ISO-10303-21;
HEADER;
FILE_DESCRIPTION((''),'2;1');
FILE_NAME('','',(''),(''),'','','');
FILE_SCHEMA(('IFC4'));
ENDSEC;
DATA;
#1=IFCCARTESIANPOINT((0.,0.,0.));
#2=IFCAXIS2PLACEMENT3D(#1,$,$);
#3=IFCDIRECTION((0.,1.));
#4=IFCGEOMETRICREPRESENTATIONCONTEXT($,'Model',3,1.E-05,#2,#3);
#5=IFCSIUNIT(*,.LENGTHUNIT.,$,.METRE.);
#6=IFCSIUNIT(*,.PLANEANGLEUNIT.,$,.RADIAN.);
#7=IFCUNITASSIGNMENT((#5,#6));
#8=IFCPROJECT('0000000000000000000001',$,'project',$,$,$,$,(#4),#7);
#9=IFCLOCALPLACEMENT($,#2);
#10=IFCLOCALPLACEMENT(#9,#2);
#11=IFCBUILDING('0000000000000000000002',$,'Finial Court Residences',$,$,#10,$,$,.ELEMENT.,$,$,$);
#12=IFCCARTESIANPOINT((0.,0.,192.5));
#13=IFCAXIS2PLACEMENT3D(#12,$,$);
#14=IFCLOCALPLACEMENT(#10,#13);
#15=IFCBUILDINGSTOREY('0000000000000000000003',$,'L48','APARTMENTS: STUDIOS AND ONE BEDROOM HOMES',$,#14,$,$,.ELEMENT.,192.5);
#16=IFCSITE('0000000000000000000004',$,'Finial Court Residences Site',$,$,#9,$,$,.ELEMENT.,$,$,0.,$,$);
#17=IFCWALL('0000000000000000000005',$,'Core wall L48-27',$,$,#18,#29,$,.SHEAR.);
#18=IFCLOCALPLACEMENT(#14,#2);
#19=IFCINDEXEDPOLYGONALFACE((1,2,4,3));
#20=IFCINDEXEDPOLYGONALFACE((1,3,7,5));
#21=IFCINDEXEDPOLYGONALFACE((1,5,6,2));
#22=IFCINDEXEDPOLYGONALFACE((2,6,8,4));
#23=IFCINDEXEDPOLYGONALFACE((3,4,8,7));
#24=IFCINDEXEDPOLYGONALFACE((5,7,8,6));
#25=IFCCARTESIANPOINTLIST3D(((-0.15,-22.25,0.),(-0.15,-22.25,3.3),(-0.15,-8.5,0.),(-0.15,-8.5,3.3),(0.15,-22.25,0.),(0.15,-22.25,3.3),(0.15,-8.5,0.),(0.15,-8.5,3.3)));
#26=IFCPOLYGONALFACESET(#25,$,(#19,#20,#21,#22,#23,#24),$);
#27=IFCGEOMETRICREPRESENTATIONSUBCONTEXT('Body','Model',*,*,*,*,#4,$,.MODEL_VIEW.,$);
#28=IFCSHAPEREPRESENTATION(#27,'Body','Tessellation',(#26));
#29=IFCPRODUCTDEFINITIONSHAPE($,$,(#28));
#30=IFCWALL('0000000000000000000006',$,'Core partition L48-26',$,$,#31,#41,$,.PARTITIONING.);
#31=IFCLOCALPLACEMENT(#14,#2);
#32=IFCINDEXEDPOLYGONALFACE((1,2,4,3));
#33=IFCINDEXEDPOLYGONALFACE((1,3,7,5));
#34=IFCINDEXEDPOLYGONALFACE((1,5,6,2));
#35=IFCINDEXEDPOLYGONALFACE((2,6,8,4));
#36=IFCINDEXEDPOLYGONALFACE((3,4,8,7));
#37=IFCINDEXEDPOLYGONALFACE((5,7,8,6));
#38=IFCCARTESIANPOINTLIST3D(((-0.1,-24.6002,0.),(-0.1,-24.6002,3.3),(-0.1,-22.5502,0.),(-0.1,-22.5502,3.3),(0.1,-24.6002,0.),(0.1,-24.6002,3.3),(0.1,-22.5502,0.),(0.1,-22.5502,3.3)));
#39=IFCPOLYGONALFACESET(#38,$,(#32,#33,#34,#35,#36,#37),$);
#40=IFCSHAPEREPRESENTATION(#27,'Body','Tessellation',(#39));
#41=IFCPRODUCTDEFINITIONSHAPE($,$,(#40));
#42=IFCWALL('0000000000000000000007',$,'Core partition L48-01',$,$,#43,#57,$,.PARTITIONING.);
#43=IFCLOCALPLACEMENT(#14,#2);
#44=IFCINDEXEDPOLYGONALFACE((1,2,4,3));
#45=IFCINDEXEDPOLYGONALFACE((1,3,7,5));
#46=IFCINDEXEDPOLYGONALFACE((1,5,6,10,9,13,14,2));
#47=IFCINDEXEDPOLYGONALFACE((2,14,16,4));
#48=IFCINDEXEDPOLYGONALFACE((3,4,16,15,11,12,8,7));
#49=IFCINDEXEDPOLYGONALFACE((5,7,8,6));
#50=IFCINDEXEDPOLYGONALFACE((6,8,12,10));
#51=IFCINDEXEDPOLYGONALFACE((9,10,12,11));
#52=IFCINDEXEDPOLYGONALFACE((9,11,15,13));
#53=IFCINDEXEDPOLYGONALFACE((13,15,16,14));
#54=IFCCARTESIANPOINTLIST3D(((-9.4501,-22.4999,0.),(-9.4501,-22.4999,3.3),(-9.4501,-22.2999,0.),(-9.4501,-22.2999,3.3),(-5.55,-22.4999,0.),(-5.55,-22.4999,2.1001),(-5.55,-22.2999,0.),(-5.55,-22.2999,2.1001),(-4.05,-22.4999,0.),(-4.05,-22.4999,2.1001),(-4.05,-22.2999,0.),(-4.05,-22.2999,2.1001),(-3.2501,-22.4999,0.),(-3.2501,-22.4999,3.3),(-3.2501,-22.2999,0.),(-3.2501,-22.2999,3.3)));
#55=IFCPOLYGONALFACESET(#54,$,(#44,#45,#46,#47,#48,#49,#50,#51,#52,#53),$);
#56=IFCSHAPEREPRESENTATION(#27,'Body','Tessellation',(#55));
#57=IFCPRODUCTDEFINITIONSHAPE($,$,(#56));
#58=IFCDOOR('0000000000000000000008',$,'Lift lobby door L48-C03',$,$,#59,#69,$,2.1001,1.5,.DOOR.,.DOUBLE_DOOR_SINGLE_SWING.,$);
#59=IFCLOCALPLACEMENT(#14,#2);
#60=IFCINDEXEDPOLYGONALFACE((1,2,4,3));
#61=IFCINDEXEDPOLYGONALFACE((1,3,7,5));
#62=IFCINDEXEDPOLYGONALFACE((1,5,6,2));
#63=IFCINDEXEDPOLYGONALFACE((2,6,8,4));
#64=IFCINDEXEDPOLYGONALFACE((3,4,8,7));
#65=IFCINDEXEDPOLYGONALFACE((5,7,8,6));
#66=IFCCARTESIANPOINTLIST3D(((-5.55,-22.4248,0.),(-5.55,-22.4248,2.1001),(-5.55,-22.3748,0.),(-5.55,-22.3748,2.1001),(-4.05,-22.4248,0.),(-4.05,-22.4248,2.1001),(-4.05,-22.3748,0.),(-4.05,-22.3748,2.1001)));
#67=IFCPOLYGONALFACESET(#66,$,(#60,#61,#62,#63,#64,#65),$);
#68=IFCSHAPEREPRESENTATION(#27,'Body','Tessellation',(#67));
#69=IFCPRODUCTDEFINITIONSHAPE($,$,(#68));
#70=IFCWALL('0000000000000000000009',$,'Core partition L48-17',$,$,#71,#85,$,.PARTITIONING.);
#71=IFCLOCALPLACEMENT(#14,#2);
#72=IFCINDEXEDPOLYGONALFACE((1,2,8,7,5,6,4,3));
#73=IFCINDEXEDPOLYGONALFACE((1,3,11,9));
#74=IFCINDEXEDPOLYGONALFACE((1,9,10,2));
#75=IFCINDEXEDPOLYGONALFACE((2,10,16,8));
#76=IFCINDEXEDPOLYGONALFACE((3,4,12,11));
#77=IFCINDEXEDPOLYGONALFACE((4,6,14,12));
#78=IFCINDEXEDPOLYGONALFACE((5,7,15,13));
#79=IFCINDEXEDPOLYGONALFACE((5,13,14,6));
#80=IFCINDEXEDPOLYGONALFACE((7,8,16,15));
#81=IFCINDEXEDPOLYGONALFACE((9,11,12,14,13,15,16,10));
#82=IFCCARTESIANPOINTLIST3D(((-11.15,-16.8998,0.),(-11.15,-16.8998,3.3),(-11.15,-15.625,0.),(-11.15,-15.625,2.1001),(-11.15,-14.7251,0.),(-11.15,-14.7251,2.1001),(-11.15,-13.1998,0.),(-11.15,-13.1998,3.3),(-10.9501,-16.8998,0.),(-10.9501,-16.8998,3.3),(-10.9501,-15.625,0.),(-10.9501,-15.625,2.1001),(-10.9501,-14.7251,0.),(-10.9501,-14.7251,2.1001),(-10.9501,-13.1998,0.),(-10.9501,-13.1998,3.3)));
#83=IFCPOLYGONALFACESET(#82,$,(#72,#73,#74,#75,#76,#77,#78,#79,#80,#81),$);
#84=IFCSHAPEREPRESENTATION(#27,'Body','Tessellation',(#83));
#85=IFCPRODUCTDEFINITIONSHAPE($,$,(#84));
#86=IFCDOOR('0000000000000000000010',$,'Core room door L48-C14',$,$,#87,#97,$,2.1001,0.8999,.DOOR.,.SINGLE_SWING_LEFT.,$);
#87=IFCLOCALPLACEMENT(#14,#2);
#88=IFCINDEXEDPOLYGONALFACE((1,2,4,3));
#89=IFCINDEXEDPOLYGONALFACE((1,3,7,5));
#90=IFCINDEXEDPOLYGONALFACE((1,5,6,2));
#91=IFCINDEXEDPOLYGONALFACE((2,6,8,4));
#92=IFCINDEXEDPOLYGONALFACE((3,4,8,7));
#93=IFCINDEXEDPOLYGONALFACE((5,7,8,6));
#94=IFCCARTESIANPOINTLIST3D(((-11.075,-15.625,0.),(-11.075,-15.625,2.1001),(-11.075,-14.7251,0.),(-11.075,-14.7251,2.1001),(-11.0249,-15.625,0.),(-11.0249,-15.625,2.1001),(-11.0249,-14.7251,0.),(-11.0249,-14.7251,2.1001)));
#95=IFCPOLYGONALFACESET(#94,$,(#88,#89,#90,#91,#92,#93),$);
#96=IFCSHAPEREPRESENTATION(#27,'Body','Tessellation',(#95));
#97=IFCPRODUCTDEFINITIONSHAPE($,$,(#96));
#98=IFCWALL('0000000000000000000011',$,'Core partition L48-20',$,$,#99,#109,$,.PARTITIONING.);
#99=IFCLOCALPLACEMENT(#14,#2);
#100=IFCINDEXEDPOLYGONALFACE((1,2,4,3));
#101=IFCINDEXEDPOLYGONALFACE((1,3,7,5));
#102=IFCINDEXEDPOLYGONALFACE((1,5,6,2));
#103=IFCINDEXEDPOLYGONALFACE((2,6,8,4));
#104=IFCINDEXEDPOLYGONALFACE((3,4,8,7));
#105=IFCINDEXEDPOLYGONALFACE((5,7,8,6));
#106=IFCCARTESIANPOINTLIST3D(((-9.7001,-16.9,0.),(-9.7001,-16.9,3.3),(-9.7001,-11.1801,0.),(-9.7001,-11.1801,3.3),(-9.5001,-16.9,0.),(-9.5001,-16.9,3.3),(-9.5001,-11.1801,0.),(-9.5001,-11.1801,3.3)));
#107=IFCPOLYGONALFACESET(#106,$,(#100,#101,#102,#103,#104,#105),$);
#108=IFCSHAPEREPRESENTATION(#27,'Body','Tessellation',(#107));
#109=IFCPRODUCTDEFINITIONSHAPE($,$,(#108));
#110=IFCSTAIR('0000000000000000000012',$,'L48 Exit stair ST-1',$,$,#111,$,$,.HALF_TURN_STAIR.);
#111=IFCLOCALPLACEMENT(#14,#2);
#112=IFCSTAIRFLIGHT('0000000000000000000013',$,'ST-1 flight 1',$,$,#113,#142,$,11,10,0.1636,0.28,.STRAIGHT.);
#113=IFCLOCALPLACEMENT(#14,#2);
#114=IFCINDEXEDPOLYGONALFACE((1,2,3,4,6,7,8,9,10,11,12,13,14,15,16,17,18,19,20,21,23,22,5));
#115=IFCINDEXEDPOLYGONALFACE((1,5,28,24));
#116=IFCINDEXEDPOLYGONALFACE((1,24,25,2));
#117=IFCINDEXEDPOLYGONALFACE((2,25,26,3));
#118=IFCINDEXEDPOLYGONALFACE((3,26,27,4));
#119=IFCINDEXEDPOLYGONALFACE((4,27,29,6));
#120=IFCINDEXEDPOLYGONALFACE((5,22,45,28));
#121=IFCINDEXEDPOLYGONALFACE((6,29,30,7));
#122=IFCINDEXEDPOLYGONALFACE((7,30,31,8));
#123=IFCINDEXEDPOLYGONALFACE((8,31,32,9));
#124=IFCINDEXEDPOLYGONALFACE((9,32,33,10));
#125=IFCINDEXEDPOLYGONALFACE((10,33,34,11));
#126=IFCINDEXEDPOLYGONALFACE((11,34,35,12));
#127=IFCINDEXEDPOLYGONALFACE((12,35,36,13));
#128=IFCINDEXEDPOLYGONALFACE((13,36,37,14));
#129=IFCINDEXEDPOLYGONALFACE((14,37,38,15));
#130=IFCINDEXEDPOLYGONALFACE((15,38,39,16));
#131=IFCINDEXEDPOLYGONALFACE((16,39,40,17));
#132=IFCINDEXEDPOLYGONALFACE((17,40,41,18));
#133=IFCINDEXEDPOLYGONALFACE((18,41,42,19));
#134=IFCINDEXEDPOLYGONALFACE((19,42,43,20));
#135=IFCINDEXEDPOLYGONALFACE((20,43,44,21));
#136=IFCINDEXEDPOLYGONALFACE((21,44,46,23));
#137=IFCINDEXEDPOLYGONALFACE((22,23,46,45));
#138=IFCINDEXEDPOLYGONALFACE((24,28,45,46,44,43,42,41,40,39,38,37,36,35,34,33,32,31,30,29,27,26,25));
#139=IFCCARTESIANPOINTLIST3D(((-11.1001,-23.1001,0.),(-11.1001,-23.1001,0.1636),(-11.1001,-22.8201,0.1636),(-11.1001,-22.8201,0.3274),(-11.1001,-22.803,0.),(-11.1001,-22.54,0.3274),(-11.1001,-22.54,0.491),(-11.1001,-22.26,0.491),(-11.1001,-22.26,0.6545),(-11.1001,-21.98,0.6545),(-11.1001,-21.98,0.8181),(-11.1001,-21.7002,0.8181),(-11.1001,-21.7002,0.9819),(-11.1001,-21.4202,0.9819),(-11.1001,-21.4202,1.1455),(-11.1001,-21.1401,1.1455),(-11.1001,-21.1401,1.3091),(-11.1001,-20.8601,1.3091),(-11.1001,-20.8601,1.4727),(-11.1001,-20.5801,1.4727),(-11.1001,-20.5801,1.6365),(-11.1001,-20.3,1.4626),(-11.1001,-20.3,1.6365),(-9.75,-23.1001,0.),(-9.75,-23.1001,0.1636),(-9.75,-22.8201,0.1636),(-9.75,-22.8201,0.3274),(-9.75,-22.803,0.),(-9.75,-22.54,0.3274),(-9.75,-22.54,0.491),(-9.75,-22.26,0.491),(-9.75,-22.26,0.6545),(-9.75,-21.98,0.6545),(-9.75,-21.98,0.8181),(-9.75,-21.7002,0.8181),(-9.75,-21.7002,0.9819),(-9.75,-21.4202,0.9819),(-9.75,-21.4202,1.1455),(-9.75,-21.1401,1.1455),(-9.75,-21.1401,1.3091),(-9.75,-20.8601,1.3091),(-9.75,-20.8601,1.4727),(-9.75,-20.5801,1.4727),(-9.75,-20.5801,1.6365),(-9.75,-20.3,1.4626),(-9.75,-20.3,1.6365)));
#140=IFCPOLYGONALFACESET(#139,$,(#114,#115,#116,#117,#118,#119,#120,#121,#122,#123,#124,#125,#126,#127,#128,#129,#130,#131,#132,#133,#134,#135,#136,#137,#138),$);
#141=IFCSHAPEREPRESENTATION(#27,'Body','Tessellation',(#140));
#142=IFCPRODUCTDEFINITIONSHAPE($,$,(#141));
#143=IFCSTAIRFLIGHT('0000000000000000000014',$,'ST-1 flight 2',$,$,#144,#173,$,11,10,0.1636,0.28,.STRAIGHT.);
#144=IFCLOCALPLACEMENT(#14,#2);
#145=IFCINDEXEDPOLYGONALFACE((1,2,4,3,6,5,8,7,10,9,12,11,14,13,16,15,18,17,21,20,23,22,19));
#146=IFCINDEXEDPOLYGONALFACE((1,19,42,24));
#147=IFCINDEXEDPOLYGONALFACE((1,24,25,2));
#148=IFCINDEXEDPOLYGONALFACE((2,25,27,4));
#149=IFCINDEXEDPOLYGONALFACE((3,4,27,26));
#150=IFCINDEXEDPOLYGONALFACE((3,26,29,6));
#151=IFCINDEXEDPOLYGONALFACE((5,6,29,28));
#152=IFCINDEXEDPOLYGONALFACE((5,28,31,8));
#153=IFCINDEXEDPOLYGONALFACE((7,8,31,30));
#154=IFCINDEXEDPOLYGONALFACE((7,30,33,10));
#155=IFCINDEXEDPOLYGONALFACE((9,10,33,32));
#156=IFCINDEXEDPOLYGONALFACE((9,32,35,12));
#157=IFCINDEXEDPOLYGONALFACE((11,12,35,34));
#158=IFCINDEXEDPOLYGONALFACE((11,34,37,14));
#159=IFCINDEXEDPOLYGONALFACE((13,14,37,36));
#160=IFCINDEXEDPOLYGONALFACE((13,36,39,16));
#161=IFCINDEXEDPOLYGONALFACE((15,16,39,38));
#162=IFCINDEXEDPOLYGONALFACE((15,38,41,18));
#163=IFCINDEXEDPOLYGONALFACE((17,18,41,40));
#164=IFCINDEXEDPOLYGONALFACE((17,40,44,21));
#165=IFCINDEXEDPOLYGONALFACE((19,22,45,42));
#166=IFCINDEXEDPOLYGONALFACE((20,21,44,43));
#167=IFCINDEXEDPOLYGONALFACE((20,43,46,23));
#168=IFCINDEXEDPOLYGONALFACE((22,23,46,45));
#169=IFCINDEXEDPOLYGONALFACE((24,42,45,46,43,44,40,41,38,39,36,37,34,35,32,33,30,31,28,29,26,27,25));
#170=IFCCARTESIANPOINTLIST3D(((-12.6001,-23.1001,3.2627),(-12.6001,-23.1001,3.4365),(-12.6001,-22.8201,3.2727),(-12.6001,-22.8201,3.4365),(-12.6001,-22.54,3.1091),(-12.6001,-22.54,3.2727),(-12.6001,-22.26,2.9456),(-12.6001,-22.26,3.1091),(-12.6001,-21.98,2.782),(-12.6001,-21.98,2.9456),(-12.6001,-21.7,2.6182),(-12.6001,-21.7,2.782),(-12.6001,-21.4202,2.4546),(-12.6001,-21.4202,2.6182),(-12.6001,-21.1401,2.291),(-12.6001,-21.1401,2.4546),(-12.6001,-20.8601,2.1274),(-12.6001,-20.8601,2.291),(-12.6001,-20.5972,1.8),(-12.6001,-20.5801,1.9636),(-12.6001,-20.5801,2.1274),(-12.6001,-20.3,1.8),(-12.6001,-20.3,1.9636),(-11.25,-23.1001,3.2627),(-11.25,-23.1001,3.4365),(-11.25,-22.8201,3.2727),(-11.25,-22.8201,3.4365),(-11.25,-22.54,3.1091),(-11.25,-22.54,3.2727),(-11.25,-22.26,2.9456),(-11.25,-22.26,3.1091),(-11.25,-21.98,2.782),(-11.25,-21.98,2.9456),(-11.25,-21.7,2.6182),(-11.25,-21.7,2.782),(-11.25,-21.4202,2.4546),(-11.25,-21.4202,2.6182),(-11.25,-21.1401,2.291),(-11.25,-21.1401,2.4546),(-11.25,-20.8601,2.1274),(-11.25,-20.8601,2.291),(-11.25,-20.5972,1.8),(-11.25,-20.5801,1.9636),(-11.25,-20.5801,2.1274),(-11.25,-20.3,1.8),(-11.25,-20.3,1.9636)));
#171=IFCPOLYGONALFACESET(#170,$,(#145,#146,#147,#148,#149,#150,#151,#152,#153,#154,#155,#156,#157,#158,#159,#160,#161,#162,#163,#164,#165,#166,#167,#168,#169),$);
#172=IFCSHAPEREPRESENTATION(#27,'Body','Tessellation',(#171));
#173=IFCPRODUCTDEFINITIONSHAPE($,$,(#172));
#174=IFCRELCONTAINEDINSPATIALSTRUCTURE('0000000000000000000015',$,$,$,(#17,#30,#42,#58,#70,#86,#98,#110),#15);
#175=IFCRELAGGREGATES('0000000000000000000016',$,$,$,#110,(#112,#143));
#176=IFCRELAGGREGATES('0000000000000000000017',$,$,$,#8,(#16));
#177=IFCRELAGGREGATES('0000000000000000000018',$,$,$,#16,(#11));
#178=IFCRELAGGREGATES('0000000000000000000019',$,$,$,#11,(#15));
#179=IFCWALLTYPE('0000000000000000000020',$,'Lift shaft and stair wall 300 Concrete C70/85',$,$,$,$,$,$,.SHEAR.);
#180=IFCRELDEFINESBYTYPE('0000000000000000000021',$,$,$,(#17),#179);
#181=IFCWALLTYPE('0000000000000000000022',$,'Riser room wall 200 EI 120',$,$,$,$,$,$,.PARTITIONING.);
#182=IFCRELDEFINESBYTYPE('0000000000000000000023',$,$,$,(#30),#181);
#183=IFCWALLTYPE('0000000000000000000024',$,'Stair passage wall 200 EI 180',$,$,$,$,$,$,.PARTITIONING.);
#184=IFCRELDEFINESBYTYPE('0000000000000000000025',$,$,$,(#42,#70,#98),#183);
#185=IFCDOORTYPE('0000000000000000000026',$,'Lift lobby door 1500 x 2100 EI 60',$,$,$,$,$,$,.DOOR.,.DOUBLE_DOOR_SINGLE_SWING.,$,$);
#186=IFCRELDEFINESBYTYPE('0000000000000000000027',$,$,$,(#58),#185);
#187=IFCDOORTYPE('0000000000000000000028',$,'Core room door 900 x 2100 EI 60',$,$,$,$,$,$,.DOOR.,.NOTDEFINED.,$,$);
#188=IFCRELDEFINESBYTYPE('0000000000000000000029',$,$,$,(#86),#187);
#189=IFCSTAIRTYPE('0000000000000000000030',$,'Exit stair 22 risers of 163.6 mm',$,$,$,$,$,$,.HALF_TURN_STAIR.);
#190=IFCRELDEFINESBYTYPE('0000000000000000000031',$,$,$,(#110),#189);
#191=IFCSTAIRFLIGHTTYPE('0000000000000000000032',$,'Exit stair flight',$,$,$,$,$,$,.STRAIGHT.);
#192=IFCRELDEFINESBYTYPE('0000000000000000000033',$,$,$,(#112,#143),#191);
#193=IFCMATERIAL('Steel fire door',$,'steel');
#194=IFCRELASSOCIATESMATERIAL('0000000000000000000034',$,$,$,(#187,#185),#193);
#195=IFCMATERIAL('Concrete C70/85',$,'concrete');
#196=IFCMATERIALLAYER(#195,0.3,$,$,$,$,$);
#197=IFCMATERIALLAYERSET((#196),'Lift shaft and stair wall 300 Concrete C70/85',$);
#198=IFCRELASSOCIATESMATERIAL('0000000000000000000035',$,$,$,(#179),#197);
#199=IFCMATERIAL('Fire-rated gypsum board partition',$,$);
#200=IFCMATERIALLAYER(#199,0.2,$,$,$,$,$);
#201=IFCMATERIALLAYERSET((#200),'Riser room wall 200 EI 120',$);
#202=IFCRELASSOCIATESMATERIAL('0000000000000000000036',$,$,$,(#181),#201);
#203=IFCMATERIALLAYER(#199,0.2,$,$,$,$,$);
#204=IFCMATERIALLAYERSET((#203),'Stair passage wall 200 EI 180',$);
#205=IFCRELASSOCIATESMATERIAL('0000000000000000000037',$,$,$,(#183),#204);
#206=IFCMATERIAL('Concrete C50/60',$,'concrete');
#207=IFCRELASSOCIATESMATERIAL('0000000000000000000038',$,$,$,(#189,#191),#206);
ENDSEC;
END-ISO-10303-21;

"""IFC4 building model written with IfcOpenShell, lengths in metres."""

from ifc_helpers import new_model, si_unit, direction, frame, frame_2d, origin, place, context, subcontext, project, spatial, polyline, rectangle, outline, extrude, material, layer, layer_set, type_object, element, fill, aggregate, save


model = new_model("IFC4")

# Units and contexts
model_context = context("Model", 3, precision=1e-05, world=origin(), true_north=direction((0.0, 1.0)))
body_context = subcontext(model_context, "Body", "Model", "MODEL_VIEW")
ifc_project = project(units=[si_unit("LENGTHUNIT", "METRE"), si_unit("PLANEANGLEUNIT", "RADIAN")], contexts=[model_context])

# Site, building, storey
site_placement = place(None, origin())
site = spatial("IfcSite", under=ifc_project, at=site_placement, Name="Finial Court Residences Site", CompositionType="ELEMENT", RefElevation=0.0)
building_placement = place(site_placement, origin())
building = spatial("IfcBuilding", under=site, at=building_placement, Name="Finial Court Residences", CompositionType="ELEMENT")
storey_placement = place(building_placement, frame((0.0, 0.0, 192.5)))
storey = spatial("IfcBuildingStorey", under=building, at=storey_placement, Name="L48", Description="APARTMENTS: STUDIOS AND ONE BEDROOM HOMES", CompositionType="ELEMENT", Elevation=192.5)

# Shared definitions
ifc_material_1 = material(Name="Concrete C70/85", Category="concrete")

# Shared definitions
ifc_material_2 = material(Name="Fire-rated gypsum board partition")
ifc_material_3 = material(Name="Steel fire door", Category="steel")
door_type_1 = type_object("IfcDoorType", Name="Core room door 900 x 2100 EI 60", OperationType="NOTDEFINED", PredefinedType="DOOR", material=ifc_material_3)

# Shared definitions
ifc_layer_1 = layer(ifc_material_1, 0.3)
ifc_layer_set_1 = layer_set([ifc_layer_1], Name="Lift shaft and stair wall 300 Concrete C70/85")
wall_type_1 = type_object("IfcWallType", Name="Lift shaft and stair wall 300 Concrete C70/85", PredefinedType="SHEAR", material=ifc_layer_set_1)

# Walls
wall_1_placement = place(storey_placement, frame((0.0, -22.25, 0.0), z_axis=(0.0, 0.0, 1.0), x_axis=(0.0, 1.0, 0.0)))
element("IfcWall", 1, at=wall_1_placement, inside=storey, type_object=wall_type_1, Name="Core wall L48-27", PredefinedType="SHEAR", context=body_context, shape_type="SweptSolid", body=[
    extrude(rectangle(XDim=13.75, YDim=0.3, at=frame_2d((6.875, 0.0))), origin(), (0.0, 0.0, 1.0), 3.3),
])
ifc_layer_2 = layer(ifc_material_2, 0.2)
ifc_layer_set_2 = layer_set([ifc_layer_2], Name="Riser room wall 200 EI 120")
wall_type_2 = type_object("IfcWallType", Name="Riser room wall 200 EI 120", PredefinedType="PARTITIONING", material=ifc_layer_set_2)
wall_2_placement = place(storey_placement, frame((0.0, -24.6001, 0.0), z_axis=(0.0, 0.0, 1.0), x_axis=(0.0, 1.0, 0.0)))
element("IfcWall", 2, at=wall_2_placement, inside=storey, type_object=wall_type_2, Name="Core partition L48-26", PredefinedType="PARTITIONING", context=body_context, shape_type="SweptSolid", body=[
    extrude(rectangle(XDim=2.05, YDim=0.2, at=frame_2d((1.0249, 0.0))), origin(), (0.0, 0.0, 1.0), 3.3),
])

# Walls, openings, doors
ifc_layer_3 = layer(ifc_material_2, 0.2)
ifc_layer_set_3 = layer_set([ifc_layer_3], Name="Stair passage wall 200 EI 180")
wall_type_3 = type_object("IfcWallType", Name="Stair passage wall 200 EI 180", PredefinedType="PARTITIONING", material=ifc_layer_set_3)
wall_3_placement = place(storey_placement, frame((-3.25, -22.3999, 0.0), z_axis=(0.0, 0.0, 1.0), x_axis=(-1.0, 0.0, 0.0)))
wall_3 = element("IfcWall", 3, at=wall_3_placement, inside=storey, type_object=wall_type_3, Name="Core partition L48-01", PredefinedType="PARTITIONING", context=body_context, shape_type="SweptSolid", body=[
    extrude(rectangle(XDim=6.2, YDim=0.2, at=frame_2d((3.1001, 0.0))), origin(), (0.0, 0.0, 1.0), 3.3),
])
opening_1_placement = place(wall_3_placement, frame((0.8, 0.0, 0.0)))
opening_1 = element("IfcOpeningElement", 4, at=opening_1_placement, cuts=wall_3, PredefinedType="OPENING", context=body_context, shape_type="SweptSolid", body=[
    extrude(rectangle(XDim=1.5, YDim=2.1001, at=frame_2d((0.75, 1.05))), frame((0.0, 0.1099, 0.0), z_axis=(0.0, -1.0, 0.0), x_axis=(1.0, 0.0, 0.0)), (0.0, 0.0, 1.0), 0.22),
])
door_type_2 = type_object("IfcDoorType", Name="Lift lobby door 1500 x 2100 EI 60", OperationType="DOUBLE_DOOR_SINGLE_SWING", PredefinedType="DOOR", material=ifc_material_3)
door_1_placement = place(opening_1_placement, origin())
door_1 = element("IfcDoor", 5, at=door_1_placement, inside=storey, type_object=door_type_2, Name="Lift lobby door L48-C03", OperationType="DOUBLE_DOOR_SINGLE_SWING", OverallHeight=2.1001, OverallWidth=1.5, PredefinedType="DOOR", context=body_context, shape_type="SweptSolid", body=[
    extrude(rectangle(XDim=1.5, YDim=2.1001, at=frame_2d((0.75, 1.05))), frame((0.0, 0.0249, 0.0), z_axis=(0.0, -1.0, 0.0), x_axis=(1.0, 0.0, 0.0)), (0.0, 0.0, 1.0), 0.05),
])
fill(opening_1, door_1)
wall_4_placement = place(storey_placement, frame((-11.05, -16.8999, 0.0), z_axis=(0.0, 0.0, 1.0), x_axis=(0.0, 1.0, 0.0)))
wall_4 = element("IfcWall", 6, at=wall_4_placement, inside=storey, type_object=wall_type_3, Name="Core partition L48-17", PredefinedType="PARTITIONING", context=body_context, shape_type="SweptSolid", body=[
    extrude(rectangle(XDim=3.7, YDim=0.2, at=frame_2d((1.8501, 0.0))), origin(), (0.0, 0.0, 1.0), 3.3),
])
opening_2_placement = place(wall_4_placement, frame((1.2749, 0.0, 0.0)))
opening_2 = element("IfcOpeningElement", 7, at=opening_2_placement, cuts=wall_4, PredefinedType="OPENING", context=body_context, shape_type="SweptSolid", body=[
    extrude(rectangle(XDim=0.8999, YDim=2.1001, at=frame_2d((0.45, 1.05))), frame((0.0, 0.1099, 0.0), z_axis=(0.0, -1.0, 0.0), x_axis=(1.0, 0.0, 0.0)), (0.0, 0.0, 1.0), 0.22),
])
door_2_placement = place(opening_2_placement, origin())
door_2 = element("IfcDoor", 8, at=door_2_placement, inside=storey, type_object=door_type_1, Name="Core room door L48-C14", OperationType="SINGLE_SWING_LEFT", OverallHeight=2.1001, OverallWidth=0.8999, PredefinedType="DOOR", context=body_context, shape_type="SweptSolid", body=[
    extrude(rectangle(XDim=0.8999, YDim=2.1001, at=frame_2d((0.45, 1.05))), frame((0.0, 0.0249, 0.0), z_axis=(0.0, -1.0, 0.0), x_axis=(1.0, 0.0, 0.0)), (0.0, 0.0, 1.0), 0.05),
])
fill(opening_2, door_2)

# Wall
wall_5_placement = place(storey_placement, frame((-9.6001, -16.8999, 0.0), z_axis=(0.0, 0.0, 1.0), x_axis=(0.0, 1.0, 0.0)))
element("IfcWall", 9, at=wall_5_placement, inside=storey, type_object=wall_type_3, Name="Core partition L48-20", PredefinedType="PARTITIONING", context=body_context, shape_type="SweptSolid", body=[
    extrude(rectangle(XDim=5.72, YDim=0.2, at=frame_2d((2.8599, 0.0))), origin(), (0.0, 0.0, 1.0), 3.3),
])

# Stair, stair flights
ifc_material_4 = material(Name="Concrete C50/60", Category="concrete")
stair_type = type_object("IfcStairType", Name="Exit stair 22 risers of 163.6 mm", PredefinedType="HALF_TURN_STAIR", material=ifc_material_4)
stair_placement = place(storey_placement, origin())
stair = element("IfcStair", 10, at=stair_placement, inside=storey, type_object=stair_type, Name="L48 Exit stair ST-1", PredefinedType="HALF_TURN_STAIR")
stair_flight_type = type_object("IfcStairFlightType", Name="Exit stair flight", PredefinedType="STRAIGHT", material=ifc_material_4)
stair_flight_1_placement = place(storey_placement, frame((-10.425, -23.1001, 0.0), z_axis=(0.0, 0.0, 1.0), x_axis=(0.0, 1.0, 0.0)))
stair_flight_1 = element("IfcStairFlight", 11, at=stair_flight_1_placement, type_object=stair_flight_type, Name="ST-1 flight 1", NumberOfRisers=11, NumberOfTreads=10, PredefinedType="STRAIGHT", RiserHeight=0.1636, TreadLength=0.28, context=body_context, shape_type="SweptSolid", body=[
    extrude(outline(polyline([(0.0, 0.0), (0.0, 0.1636), (0.28, 0.1636), (0.28, 0.3274), (0.5601, 0.3274), (0.5601, 0.491), (0.8401, 0.491), (0.8401, 0.6545), (1.1201, 0.6545), (1.1201, 0.8181), (1.3999, 0.8181), (1.3999, 0.9819), (1.6799, 0.9819), (1.6799, 1.1455), (1.96, 1.1455), (1.96, 1.3091), (2.24, 1.3091), (2.24, 1.4727), (2.52, 1.4727), (2.52, 1.6365), (2.8, 1.6365), (2.8, 1.8), (2.8, 1.4626), (0.2971, 0.0), (0.0, 0.0)])), frame((0.0, 0.675, 0.0), z_axis=(0.0, -1.0, 0.0), x_axis=(1.0, 0.0, 0.0)), (0.0, 0.0, 1.0), 1.3501),
])
stair_flight_2_placement = place(storey_placement, frame((-11.925, -20.3, 1.8), z_axis=(0.0, 0.0, 1.0), x_axis=(0.0, -1.0, 0.0)))
stair_flight_2 = element("IfcStairFlight", 12, at=stair_flight_2_placement, type_object=stair_flight_type, Name="ST-1 flight 2", NumberOfRisers=11, NumberOfTreads=10, PredefinedType="STRAIGHT", RiserHeight=0.1636, TreadLength=0.28, context=body_context, shape_type="SweptSolid", body=[
    extrude(outline(polyline([(0.0, 0.0), (0.0, 0.1636), (0.28, 0.1636), (0.28, 0.3274), (0.5601, 0.3274), (0.5601, 0.491), (0.8401, 0.491), (0.8401, 0.6545), (1.1201, 0.6545), (1.1201, 0.8181), (1.3999, 0.8181), (1.3999, 0.9819), (1.6799, 0.9819), (1.6799, 1.1455), (1.96, 1.1455), (1.96, 1.3091), (2.24, 1.3091), (2.24, 1.4727), (2.52, 1.4727), (2.52, 1.6365), (2.8, 1.6365), (2.8, 1.8), (2.8, 1.4626), (0.2971, 0.0), (0.0, 0.0)])), frame((0.0, 0.675, 0.0), z_axis=(0.0, -1.0, 0.0), x_axis=(1.0, 0.0, 0.0)), (0.0, 0.0, 1.0), 1.3501),
])
aggregate(stair, [stair_flight_1, stair_flight_2])

save(model, "model.ifc")
